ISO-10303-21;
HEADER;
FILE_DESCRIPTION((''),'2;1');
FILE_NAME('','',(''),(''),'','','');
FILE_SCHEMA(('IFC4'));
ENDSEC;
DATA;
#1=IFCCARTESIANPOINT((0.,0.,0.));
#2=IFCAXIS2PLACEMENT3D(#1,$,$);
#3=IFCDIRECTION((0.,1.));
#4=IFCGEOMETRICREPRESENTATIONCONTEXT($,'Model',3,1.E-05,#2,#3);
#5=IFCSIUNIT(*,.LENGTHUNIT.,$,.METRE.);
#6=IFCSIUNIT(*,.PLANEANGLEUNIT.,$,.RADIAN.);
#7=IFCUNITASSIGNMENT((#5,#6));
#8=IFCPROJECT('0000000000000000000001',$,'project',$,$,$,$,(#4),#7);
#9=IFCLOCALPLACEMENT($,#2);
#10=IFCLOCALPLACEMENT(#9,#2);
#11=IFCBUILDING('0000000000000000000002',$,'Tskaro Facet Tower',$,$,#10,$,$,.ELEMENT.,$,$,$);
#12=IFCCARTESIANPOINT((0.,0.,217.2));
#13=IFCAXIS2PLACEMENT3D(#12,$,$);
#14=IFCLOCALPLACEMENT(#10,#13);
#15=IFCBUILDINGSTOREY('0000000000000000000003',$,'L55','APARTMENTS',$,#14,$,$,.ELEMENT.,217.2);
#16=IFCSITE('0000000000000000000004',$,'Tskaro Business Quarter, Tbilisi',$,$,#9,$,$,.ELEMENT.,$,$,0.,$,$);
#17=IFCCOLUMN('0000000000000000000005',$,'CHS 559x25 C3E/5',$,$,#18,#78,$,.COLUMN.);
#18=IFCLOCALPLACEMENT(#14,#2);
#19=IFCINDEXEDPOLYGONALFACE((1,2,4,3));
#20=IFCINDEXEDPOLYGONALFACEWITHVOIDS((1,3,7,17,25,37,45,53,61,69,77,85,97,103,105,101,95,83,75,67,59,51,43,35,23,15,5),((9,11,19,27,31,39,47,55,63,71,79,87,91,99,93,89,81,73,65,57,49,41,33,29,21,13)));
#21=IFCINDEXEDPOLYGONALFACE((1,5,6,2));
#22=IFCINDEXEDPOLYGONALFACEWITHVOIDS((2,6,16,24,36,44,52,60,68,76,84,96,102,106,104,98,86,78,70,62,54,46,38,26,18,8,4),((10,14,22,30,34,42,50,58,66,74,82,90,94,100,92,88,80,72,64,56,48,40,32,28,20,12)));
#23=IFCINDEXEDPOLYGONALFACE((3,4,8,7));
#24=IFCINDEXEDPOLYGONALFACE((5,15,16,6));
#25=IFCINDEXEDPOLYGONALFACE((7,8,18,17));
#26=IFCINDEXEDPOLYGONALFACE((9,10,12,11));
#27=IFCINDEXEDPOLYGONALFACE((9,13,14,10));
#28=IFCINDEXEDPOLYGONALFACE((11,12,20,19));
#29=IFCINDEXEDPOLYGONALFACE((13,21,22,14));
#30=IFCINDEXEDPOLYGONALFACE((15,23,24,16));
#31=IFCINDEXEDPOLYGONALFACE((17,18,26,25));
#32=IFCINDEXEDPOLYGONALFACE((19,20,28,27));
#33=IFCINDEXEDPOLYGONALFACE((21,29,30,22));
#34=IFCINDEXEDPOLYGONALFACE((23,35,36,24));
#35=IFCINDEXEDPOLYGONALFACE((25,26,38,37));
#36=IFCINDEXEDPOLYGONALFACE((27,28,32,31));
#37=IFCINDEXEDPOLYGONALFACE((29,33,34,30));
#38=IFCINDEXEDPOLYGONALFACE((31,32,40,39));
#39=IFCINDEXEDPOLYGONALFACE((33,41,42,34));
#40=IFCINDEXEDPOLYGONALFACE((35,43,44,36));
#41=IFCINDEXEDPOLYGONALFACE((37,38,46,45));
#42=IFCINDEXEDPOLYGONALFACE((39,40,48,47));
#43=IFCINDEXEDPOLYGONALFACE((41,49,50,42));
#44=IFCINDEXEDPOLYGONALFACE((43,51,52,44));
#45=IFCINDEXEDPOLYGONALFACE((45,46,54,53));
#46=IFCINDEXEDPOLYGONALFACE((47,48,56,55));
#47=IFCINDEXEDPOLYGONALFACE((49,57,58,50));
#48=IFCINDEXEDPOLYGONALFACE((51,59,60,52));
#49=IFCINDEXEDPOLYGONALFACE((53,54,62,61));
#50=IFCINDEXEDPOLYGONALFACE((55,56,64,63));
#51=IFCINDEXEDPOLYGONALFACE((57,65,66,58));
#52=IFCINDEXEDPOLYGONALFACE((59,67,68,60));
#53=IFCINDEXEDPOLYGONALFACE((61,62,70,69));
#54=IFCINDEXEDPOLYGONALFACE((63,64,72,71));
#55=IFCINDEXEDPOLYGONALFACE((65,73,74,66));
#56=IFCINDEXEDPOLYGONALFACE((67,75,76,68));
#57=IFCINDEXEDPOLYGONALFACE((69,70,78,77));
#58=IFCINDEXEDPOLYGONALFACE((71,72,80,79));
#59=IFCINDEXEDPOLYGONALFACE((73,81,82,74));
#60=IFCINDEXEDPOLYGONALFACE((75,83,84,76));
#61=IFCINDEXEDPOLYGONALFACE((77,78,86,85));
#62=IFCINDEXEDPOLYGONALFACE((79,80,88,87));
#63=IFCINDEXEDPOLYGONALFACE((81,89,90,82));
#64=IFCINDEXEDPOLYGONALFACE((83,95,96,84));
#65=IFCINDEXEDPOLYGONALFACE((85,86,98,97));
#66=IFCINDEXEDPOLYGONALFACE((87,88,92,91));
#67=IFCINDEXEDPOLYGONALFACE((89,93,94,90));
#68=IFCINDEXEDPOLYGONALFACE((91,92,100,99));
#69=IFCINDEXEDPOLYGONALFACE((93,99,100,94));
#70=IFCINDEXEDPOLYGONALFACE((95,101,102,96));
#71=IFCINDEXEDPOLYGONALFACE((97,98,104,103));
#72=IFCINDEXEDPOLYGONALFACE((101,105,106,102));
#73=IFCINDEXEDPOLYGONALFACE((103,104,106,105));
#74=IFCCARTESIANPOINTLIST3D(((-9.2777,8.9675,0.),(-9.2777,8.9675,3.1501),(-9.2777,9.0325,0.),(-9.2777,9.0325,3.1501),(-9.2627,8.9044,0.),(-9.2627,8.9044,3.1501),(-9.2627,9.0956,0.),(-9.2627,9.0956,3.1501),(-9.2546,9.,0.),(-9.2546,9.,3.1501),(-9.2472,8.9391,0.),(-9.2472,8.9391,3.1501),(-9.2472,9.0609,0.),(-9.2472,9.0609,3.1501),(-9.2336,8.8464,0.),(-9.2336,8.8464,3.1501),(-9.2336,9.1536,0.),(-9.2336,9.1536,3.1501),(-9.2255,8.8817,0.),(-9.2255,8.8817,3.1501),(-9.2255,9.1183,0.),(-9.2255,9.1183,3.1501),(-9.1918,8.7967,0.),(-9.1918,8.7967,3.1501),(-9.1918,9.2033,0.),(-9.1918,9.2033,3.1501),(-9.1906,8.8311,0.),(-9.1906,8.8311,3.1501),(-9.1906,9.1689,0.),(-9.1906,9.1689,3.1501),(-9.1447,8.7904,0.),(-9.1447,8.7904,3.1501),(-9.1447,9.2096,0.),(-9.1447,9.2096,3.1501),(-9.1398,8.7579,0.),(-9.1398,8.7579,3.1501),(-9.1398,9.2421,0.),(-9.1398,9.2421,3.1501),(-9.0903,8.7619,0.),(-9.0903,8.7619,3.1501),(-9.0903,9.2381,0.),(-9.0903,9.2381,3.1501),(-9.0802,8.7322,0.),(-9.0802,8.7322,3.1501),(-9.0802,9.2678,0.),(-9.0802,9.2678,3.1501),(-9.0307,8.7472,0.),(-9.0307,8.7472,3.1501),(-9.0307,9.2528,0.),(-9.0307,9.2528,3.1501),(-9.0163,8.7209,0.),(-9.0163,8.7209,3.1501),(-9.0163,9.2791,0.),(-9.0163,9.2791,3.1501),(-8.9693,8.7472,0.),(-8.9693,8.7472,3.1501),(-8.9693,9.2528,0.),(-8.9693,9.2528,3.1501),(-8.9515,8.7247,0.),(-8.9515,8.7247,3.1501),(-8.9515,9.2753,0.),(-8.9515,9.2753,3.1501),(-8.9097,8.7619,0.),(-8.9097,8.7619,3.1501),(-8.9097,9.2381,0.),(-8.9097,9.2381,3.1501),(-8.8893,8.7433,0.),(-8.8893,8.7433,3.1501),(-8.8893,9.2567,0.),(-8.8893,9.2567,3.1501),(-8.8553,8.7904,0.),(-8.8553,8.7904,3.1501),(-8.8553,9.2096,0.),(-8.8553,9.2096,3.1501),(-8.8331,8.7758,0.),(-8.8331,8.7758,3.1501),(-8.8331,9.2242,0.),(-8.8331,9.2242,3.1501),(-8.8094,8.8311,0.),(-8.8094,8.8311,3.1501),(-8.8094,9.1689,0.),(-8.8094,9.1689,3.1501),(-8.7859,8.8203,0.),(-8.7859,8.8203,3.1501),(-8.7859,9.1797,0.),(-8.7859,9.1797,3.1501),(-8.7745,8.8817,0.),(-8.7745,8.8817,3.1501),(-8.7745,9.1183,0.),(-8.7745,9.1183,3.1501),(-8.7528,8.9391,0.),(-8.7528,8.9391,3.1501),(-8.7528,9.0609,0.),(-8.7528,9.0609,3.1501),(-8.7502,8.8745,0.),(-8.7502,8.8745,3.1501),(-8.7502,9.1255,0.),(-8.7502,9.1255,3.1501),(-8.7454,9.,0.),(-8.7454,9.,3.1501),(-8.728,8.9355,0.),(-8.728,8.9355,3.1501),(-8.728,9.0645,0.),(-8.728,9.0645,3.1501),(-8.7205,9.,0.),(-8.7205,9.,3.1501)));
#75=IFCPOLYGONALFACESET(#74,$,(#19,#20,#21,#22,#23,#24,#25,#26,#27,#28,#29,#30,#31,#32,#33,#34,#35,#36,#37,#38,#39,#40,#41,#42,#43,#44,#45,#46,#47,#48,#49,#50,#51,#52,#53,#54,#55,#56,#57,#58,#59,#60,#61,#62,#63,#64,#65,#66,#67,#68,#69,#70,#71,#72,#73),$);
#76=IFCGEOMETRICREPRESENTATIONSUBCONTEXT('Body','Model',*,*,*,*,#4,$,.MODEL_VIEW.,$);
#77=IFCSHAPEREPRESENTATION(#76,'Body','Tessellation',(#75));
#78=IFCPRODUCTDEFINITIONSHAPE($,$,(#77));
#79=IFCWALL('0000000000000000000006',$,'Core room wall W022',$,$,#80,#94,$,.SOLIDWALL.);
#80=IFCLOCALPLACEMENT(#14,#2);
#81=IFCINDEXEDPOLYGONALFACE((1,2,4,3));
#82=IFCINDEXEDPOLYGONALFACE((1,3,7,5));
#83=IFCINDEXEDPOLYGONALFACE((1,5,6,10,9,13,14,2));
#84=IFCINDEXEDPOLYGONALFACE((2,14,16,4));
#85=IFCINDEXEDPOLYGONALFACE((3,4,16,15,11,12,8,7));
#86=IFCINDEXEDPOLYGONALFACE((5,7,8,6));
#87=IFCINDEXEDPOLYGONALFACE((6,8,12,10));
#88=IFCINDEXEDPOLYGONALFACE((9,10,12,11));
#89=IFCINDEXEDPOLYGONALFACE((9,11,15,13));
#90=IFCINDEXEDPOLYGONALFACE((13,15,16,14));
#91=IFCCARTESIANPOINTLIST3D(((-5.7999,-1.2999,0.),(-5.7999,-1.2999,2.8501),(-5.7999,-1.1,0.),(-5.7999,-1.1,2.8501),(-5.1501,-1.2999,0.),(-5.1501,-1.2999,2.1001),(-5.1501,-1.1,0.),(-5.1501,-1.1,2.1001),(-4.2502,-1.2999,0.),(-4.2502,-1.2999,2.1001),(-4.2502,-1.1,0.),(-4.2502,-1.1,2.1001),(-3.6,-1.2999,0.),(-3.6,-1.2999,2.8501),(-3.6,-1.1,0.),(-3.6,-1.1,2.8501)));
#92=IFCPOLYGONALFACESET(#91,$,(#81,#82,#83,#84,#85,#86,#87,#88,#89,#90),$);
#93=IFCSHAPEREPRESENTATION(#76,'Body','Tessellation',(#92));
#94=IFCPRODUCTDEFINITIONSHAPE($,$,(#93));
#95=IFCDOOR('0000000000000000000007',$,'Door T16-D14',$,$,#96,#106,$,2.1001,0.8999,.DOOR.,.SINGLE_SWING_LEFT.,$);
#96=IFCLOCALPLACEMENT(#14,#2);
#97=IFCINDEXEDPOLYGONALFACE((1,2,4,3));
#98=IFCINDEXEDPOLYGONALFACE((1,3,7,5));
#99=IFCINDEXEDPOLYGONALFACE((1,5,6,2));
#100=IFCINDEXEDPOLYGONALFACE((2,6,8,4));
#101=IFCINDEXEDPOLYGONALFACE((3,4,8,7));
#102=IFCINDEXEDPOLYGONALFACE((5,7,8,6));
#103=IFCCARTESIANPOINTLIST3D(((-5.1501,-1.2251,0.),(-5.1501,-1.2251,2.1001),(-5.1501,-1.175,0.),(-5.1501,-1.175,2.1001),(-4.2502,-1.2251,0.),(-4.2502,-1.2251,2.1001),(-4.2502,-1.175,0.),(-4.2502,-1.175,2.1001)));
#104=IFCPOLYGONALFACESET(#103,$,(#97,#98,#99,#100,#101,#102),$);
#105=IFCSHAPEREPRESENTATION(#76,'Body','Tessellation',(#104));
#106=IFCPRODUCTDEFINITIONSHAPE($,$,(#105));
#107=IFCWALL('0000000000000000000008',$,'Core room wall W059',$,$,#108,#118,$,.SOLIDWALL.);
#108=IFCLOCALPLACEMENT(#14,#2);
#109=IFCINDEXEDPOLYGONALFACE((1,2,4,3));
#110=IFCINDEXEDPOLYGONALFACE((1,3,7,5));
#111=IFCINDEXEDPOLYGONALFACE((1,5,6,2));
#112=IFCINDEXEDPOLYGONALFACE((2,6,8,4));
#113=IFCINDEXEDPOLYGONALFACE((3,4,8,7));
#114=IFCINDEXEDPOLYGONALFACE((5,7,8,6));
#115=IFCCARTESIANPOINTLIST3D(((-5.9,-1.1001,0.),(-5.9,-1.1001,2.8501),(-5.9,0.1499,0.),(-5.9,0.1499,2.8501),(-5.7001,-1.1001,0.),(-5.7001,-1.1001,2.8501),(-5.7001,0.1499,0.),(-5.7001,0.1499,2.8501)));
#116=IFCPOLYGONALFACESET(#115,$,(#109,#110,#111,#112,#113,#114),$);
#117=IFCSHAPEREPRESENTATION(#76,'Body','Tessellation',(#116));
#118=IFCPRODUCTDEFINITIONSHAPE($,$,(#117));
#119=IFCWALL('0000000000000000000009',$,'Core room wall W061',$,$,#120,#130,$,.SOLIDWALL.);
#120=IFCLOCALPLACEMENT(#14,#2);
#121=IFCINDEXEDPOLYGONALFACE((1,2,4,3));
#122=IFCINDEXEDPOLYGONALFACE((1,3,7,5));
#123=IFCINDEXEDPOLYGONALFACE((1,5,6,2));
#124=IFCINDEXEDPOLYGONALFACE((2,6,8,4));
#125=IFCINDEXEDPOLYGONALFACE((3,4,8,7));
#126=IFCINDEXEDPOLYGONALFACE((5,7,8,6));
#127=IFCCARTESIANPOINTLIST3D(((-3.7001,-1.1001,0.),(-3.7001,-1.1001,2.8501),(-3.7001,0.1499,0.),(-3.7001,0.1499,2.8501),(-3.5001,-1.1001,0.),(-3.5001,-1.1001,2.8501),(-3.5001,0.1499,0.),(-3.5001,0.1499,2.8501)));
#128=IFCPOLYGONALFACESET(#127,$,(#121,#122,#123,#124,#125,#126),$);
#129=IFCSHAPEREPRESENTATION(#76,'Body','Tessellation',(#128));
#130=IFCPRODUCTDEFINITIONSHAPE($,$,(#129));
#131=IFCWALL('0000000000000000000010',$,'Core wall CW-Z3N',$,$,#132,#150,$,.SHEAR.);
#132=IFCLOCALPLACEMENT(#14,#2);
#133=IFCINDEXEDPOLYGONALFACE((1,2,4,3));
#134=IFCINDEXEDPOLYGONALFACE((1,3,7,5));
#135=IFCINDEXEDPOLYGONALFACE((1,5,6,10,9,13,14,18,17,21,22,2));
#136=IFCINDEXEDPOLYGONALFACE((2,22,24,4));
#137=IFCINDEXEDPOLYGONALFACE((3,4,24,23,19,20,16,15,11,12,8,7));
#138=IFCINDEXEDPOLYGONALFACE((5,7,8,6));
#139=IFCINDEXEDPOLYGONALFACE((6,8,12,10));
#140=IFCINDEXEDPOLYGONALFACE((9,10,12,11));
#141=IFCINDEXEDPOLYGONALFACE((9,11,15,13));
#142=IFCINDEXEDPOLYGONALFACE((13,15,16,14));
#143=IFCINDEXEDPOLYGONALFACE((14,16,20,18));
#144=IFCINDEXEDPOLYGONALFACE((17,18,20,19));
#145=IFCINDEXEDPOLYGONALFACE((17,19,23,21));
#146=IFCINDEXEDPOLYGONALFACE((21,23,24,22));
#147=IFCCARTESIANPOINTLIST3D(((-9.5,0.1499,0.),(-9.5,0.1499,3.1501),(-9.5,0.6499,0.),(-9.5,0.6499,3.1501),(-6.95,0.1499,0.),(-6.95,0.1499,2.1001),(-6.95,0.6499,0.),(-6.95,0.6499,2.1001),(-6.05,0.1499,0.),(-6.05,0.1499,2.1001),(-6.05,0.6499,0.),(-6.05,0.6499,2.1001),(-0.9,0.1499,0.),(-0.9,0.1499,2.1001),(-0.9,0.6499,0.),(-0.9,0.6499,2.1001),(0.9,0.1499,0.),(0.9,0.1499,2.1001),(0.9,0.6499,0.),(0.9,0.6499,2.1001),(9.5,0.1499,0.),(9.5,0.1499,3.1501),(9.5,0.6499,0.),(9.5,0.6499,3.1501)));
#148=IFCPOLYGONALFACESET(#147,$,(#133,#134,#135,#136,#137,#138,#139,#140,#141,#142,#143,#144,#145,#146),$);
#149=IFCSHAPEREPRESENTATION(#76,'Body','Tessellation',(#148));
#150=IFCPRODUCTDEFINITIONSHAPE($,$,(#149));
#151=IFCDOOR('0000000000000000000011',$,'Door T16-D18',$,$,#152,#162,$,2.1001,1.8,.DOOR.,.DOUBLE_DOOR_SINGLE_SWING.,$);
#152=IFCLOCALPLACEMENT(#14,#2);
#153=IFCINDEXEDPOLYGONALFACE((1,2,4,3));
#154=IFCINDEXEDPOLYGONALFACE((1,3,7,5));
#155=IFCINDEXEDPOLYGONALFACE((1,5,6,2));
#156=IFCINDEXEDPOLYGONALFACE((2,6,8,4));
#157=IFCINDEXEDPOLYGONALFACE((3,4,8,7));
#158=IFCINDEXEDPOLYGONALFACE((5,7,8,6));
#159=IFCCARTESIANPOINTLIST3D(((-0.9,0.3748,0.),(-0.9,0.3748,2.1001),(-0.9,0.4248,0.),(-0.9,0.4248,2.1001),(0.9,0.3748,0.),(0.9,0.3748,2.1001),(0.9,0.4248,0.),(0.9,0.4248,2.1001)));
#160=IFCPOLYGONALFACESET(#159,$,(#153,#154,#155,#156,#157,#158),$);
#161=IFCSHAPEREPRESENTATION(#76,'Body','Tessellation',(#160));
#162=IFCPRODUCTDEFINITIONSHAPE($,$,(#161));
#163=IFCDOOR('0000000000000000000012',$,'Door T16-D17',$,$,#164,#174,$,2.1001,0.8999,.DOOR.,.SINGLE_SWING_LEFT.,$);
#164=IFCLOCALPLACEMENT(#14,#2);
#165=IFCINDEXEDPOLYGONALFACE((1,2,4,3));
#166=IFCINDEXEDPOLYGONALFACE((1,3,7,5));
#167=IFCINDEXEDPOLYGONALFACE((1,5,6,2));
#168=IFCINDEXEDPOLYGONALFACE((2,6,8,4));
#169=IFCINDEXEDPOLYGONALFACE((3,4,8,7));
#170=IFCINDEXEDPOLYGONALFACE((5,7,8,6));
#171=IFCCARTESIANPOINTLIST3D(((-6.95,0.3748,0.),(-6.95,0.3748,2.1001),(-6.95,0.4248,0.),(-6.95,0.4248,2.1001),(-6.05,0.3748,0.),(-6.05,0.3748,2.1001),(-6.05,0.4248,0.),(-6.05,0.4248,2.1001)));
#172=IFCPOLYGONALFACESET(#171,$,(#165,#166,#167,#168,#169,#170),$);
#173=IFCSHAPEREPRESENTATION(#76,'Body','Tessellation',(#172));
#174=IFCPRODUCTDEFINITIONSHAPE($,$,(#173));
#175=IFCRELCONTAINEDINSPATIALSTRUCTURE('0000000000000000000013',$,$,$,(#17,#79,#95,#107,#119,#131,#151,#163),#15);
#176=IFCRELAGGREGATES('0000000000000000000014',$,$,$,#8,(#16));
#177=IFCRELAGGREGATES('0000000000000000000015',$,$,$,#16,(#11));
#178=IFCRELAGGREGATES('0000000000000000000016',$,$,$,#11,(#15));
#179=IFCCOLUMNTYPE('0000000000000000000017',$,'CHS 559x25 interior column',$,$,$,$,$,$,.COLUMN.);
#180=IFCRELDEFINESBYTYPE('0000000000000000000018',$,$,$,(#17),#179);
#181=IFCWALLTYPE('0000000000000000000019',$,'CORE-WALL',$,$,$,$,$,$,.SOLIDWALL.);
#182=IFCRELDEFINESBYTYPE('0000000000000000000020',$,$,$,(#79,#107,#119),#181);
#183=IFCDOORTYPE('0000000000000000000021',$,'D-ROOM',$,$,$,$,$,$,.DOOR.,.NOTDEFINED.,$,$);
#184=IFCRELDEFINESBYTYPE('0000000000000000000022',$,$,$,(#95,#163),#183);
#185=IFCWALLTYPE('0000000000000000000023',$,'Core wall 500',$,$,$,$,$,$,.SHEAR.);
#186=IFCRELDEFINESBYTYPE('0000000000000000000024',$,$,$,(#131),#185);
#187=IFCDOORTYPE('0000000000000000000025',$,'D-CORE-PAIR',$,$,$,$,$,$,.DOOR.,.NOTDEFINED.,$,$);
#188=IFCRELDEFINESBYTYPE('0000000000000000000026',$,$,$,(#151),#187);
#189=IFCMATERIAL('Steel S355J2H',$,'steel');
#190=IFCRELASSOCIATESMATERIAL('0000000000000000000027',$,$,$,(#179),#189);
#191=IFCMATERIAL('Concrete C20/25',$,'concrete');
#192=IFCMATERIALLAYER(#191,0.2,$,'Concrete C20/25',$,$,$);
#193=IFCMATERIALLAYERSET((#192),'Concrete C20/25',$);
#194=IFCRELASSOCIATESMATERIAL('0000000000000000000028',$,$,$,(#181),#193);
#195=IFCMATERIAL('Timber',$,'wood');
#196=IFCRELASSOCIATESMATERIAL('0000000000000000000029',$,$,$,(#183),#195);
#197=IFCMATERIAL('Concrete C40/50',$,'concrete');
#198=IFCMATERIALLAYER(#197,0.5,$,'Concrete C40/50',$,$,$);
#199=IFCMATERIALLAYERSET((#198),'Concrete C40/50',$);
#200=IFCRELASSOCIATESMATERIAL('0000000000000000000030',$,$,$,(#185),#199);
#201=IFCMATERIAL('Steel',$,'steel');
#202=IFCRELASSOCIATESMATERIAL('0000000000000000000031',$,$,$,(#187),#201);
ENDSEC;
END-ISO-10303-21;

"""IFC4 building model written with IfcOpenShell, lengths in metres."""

from ifc_helpers import new_model, si_unit, direction, frame, frame_2d, origin, origin_2d, place, context, subcontext, project, spatial, rectangle, hollow_circle, extrude, material, layer, layer_set, material_profile, profile_set, type_object, element, fill, save


model = new_model("IFC4")

# Units and contexts
model_context = context("Model", 3, precision=1e-05, world=origin(), true_north=direction((0.0, 1.0)))
body_context = subcontext(model_context, "Body", "Model", "MODEL_VIEW")
ifc_project = project(units=[si_unit("LENGTHUNIT", "METRE"), si_unit("PLANEANGLEUNIT", "RADIAN")], contexts=[model_context])

# Site, building, storey
site_placement = place(None, origin())
site = spatial("IfcSite", under=ifc_project, at=site_placement, Name="Tskaro Business Quarter, Tbilisi", CompositionType="ELEMENT", RefElevation=0.0)
building_placement = place(site_placement, origin())
building = spatial("IfcBuilding", under=site, at=building_placement, Name="Tskaro Facet Tower", CompositionType="ELEMENT")
storey_placement = place(building_placement, frame((0.0, 0.0, 217.2)))
storey = spatial("IfcBuildingStorey", under=building, at=storey_placement, Name="L55", Description="APARTMENTS", CompositionType="ELEMENT", Elevation=217.2)

# Column
ifc_material_1 = material(Name="Steel S355J2H", Category="steel")
ifc_material_profile = material_profile(ifc_material_1, hollow_circle(Radius=0.2795, WallThickness=0.0249, at=origin_2d()), Name="CHS 559x25")
ifc_profile_set = profile_set([ifc_material_profile], Name="Steel S355J2H")
column_type = type_object("IfcColumnType", Name="CHS 559x25 interior column", PredefinedType="COLUMN", material=ifc_profile_set)
column_placement = place(storey_placement, frame((-9.0, 9.0, 0.0), z_axis=(0.0, 0.0, 1.0), x_axis=(1.0, 0.0, 0.0)))
element("IfcColumn", 1, at=column_placement, inside=storey, type_object=column_type, Name="CHS 559x25 C3E/5", PredefinedType="COLUMN", context=body_context, shape_type="SweptSolid", body=[
    extrude(hollow_circle(Radius=0.2795, WallThickness=0.0249, at=origin_2d()), origin(), (0.0, 0.0, 1.0), 3.1501),
])

# Wall, opening, door
ifc_material_2 = material(Name="Concrete C20/25", Category="concrete")
ifc_layer_1 = layer(ifc_material_2, 0.2, Name="Concrete C20/25")
ifc_layer_set_1 = layer_set([ifc_layer_1], Name="Concrete C20/25")
wall_type_1 = type_object("IfcWallType", Name="CORE-WALL", PredefinedType="SOLIDWALL", material=ifc_layer_set_1)
wall_1_placement = place(storey_placement, frame((-5.8, -1.2, 0.0), z_axis=(0.0, 0.0, 1.0), x_axis=(1.0, 0.0, 0.0)))
wall_1 = element("IfcWall", 2, at=wall_1_placement, inside=storey, type_object=wall_type_1, Name="Core room wall W022", PredefinedType="SOLIDWALL", context=body_context, shape_type="SweptSolid", body=[
    extrude(rectangle(XDim=2.2, YDim=0.2, at=frame_2d((1.1001, 0.0))), origin(), (0.0, 0.0, 1.0), 2.8501),
])
opening_1_placement = place(wall_1_placement, frame((0.6499, 0.0, 0.0)))
opening_1 = element("IfcOpeningElement", 3, at=opening_1_placement, cuts=wall_1, PredefinedType="OPENING", context=body_context, shape_type="SweptSolid", body=[
    extrude(rectangle(XDim=0.8999, YDim=2.1001, at=frame_2d((0.45, 1.05))), frame((0.0, 0.1099, 0.0), z_axis=(0.0, -1.0, 0.0), x_axis=(1.0, 0.0, 0.0)), (0.0, 0.0, 1.0), 0.22),
])
ifc_material_3 = material(Name="Timber", Category="wood")
door_type_1 = type_object("IfcDoorType", Name="D-ROOM", OperationType="NOTDEFINED", PredefinedType="DOOR", material=ifc_material_3)
door_1_placement = place(opening_1_placement, origin())
door_1 = element("IfcDoor", 4, at=door_1_placement, inside=storey, type_object=door_type_1, Name="Door T16-D14", OperationType="SINGLE_SWING_LEFT", OverallHeight=2.1001, OverallWidth=0.8999, PredefinedType="DOOR", context=body_context, shape_type="SweptSolid", body=[
    extrude(rectangle(XDim=0.8999, YDim=2.1001, at=frame_2d((0.45, 1.05))), frame((0.0, 0.0249, 0.0), z_axis=(0.0, -1.0, 0.0), x_axis=(1.0, 0.0, 0.0)), (0.0, 0.0, 1.0), 0.05),
])
fill(opening_1, door_1)

# Walls
for number, where, z_axis, x_axis, name in (
    (5, (-5.8, -1.1001, 0.0), (0.0, 0.0, 1.0), (0.0, 1.0, 0.0), "Core room wall W059"),
    (6, (-3.6001, -1.1001, 0.0), (0.0, 0.0, 1.0), (0.0, 1.0, 0.0), "Core room wall W061"),
):
    element("IfcWall", number, at=place(storey_placement, frame(where, z_axis=z_axis, x_axis=x_axis)), inside=storey, type_object=wall_type_1, Name=name, PredefinedType="SOLIDWALL", context=body_context, shape_type="SweptSolid", body=[
        extrude(rectangle(XDim=1.25, YDim=0.2, at=frame_2d((0.625, 0.0))), origin(), (0.0, 0.0, 1.0), 2.8501),
    ])

# Wall, openings, doors
ifc_material_4 = material(Name="Concrete C40/50", Category="concrete")
ifc_layer_2 = layer(ifc_material_4, 0.5, Name="Concrete C40/50")
ifc_layer_set_2 = layer_set([ifc_layer_2], Name="Concrete C40/50")
wall_type_2 = type_object("IfcWallType", Name="Core wall 500", PredefinedType="SHEAR", material=ifc_layer_set_2)
wall_2_placement = place(storey_placement, frame((-9.5, 0.3999, 0.0), z_axis=(0.0, 0.0, 1.0), x_axis=(1.0, 0.0, 0.0)))
wall_2 = element("IfcWall", 7, at=wall_2_placement, inside=storey, type_object=wall_type_2, Name="Core wall CW-Z3N", PredefinedType="SHEAR", context=body_context, shape_type="SweptSolid", body=[
    extrude(rectangle(XDim=19.0, YDim=0.5, at=frame_2d((9.5, 0.0))), origin(), (0.0, 0.0, 1.0), 3.1501),
])
opening_2_placement = place(wall_2_placement, frame((8.6001, 0.0, 0.0)))
opening_2 = element("IfcOpeningElement", 8, at=opening_2_placement, cuts=wall_2, PredefinedType="OPENING", context=body_context, shape_type="SweptSolid", body=[
    extrude(rectangle(XDim=1.8, YDim=2.1001, at=frame_2d((0.8999, 1.05))), frame((0.0, 0.26, 0.0), z_axis=(0.0, -1.0, 0.0), x_axis=(1.0, 0.0, 0.0)), (0.0, 0.0, 1.0), 0.52),
])
opening_3_placement = place(wall_2_placement, frame((2.55, 0.0, 0.0)))
opening_3 = element("IfcOpeningElement", 9, at=opening_3_placement, cuts=wall_2, PredefinedType="OPENING", context=body_context, shape_type="SweptSolid", body=[
    extrude(rectangle(XDim=0.8999, YDim=2.1001, at=frame_2d((0.45, 1.05))), frame((0.0, 0.26, 0.0), z_axis=(0.0, -1.0, 0.0), x_axis=(1.0, 0.0, 0.0)), (0.0, 0.0, 1.0), 0.52),
])
ifc_material_5 = material(Name="Steel", Category="steel")
door_type_2 = type_object("IfcDoorType", Name="D-CORE-PAIR", OperationType="NOTDEFINED", PredefinedType="DOOR", material=ifc_material_5)
door_2_placement = place(opening_2_placement, origin())
door_2 = element("IfcDoor", 10, at=door_2_placement, inside=storey, type_object=door_type_2, Name="Door T16-D18", OperationType="DOUBLE_DOOR_SINGLE_SWING", OverallHeight=2.1001, OverallWidth=1.8, PredefinedType="DOOR", context=body_context, shape_type="SweptSolid", body=[
    extrude(rectangle(XDim=1.8, YDim=2.1001, at=frame_2d((0.8999, 1.05))), frame((0.0, 0.0249, 0.0), z_axis=(0.0, -1.0, 0.0), x_axis=(1.0, 0.0, 0.0)), (0.0, 0.0, 1.0), 0.05),
])
fill(opening_2, door_2)
door_3_placement = place(opening_3_placement, origin())
door_3 = element("IfcDoor", 11, at=door_3_placement, inside=storey, type_object=door_type_1, Name="Door T16-D17", OperationType="SINGLE_SWING_LEFT", OverallHeight=2.1001, OverallWidth=0.8999, PredefinedType="DOOR", context=body_context, shape_type="SweptSolid", body=[
    extrude(rectangle(XDim=0.8999, YDim=2.1001, at=frame_2d((0.45, 1.05))), frame((0.0, 0.0249, 0.0), z_axis=(0.0, -1.0, 0.0), x_axis=(1.0, 0.0, 0.0)), (0.0, 0.0, 1.0), 0.05),
])
fill(opening_3, door_3)

save(model, "model.ifc")
